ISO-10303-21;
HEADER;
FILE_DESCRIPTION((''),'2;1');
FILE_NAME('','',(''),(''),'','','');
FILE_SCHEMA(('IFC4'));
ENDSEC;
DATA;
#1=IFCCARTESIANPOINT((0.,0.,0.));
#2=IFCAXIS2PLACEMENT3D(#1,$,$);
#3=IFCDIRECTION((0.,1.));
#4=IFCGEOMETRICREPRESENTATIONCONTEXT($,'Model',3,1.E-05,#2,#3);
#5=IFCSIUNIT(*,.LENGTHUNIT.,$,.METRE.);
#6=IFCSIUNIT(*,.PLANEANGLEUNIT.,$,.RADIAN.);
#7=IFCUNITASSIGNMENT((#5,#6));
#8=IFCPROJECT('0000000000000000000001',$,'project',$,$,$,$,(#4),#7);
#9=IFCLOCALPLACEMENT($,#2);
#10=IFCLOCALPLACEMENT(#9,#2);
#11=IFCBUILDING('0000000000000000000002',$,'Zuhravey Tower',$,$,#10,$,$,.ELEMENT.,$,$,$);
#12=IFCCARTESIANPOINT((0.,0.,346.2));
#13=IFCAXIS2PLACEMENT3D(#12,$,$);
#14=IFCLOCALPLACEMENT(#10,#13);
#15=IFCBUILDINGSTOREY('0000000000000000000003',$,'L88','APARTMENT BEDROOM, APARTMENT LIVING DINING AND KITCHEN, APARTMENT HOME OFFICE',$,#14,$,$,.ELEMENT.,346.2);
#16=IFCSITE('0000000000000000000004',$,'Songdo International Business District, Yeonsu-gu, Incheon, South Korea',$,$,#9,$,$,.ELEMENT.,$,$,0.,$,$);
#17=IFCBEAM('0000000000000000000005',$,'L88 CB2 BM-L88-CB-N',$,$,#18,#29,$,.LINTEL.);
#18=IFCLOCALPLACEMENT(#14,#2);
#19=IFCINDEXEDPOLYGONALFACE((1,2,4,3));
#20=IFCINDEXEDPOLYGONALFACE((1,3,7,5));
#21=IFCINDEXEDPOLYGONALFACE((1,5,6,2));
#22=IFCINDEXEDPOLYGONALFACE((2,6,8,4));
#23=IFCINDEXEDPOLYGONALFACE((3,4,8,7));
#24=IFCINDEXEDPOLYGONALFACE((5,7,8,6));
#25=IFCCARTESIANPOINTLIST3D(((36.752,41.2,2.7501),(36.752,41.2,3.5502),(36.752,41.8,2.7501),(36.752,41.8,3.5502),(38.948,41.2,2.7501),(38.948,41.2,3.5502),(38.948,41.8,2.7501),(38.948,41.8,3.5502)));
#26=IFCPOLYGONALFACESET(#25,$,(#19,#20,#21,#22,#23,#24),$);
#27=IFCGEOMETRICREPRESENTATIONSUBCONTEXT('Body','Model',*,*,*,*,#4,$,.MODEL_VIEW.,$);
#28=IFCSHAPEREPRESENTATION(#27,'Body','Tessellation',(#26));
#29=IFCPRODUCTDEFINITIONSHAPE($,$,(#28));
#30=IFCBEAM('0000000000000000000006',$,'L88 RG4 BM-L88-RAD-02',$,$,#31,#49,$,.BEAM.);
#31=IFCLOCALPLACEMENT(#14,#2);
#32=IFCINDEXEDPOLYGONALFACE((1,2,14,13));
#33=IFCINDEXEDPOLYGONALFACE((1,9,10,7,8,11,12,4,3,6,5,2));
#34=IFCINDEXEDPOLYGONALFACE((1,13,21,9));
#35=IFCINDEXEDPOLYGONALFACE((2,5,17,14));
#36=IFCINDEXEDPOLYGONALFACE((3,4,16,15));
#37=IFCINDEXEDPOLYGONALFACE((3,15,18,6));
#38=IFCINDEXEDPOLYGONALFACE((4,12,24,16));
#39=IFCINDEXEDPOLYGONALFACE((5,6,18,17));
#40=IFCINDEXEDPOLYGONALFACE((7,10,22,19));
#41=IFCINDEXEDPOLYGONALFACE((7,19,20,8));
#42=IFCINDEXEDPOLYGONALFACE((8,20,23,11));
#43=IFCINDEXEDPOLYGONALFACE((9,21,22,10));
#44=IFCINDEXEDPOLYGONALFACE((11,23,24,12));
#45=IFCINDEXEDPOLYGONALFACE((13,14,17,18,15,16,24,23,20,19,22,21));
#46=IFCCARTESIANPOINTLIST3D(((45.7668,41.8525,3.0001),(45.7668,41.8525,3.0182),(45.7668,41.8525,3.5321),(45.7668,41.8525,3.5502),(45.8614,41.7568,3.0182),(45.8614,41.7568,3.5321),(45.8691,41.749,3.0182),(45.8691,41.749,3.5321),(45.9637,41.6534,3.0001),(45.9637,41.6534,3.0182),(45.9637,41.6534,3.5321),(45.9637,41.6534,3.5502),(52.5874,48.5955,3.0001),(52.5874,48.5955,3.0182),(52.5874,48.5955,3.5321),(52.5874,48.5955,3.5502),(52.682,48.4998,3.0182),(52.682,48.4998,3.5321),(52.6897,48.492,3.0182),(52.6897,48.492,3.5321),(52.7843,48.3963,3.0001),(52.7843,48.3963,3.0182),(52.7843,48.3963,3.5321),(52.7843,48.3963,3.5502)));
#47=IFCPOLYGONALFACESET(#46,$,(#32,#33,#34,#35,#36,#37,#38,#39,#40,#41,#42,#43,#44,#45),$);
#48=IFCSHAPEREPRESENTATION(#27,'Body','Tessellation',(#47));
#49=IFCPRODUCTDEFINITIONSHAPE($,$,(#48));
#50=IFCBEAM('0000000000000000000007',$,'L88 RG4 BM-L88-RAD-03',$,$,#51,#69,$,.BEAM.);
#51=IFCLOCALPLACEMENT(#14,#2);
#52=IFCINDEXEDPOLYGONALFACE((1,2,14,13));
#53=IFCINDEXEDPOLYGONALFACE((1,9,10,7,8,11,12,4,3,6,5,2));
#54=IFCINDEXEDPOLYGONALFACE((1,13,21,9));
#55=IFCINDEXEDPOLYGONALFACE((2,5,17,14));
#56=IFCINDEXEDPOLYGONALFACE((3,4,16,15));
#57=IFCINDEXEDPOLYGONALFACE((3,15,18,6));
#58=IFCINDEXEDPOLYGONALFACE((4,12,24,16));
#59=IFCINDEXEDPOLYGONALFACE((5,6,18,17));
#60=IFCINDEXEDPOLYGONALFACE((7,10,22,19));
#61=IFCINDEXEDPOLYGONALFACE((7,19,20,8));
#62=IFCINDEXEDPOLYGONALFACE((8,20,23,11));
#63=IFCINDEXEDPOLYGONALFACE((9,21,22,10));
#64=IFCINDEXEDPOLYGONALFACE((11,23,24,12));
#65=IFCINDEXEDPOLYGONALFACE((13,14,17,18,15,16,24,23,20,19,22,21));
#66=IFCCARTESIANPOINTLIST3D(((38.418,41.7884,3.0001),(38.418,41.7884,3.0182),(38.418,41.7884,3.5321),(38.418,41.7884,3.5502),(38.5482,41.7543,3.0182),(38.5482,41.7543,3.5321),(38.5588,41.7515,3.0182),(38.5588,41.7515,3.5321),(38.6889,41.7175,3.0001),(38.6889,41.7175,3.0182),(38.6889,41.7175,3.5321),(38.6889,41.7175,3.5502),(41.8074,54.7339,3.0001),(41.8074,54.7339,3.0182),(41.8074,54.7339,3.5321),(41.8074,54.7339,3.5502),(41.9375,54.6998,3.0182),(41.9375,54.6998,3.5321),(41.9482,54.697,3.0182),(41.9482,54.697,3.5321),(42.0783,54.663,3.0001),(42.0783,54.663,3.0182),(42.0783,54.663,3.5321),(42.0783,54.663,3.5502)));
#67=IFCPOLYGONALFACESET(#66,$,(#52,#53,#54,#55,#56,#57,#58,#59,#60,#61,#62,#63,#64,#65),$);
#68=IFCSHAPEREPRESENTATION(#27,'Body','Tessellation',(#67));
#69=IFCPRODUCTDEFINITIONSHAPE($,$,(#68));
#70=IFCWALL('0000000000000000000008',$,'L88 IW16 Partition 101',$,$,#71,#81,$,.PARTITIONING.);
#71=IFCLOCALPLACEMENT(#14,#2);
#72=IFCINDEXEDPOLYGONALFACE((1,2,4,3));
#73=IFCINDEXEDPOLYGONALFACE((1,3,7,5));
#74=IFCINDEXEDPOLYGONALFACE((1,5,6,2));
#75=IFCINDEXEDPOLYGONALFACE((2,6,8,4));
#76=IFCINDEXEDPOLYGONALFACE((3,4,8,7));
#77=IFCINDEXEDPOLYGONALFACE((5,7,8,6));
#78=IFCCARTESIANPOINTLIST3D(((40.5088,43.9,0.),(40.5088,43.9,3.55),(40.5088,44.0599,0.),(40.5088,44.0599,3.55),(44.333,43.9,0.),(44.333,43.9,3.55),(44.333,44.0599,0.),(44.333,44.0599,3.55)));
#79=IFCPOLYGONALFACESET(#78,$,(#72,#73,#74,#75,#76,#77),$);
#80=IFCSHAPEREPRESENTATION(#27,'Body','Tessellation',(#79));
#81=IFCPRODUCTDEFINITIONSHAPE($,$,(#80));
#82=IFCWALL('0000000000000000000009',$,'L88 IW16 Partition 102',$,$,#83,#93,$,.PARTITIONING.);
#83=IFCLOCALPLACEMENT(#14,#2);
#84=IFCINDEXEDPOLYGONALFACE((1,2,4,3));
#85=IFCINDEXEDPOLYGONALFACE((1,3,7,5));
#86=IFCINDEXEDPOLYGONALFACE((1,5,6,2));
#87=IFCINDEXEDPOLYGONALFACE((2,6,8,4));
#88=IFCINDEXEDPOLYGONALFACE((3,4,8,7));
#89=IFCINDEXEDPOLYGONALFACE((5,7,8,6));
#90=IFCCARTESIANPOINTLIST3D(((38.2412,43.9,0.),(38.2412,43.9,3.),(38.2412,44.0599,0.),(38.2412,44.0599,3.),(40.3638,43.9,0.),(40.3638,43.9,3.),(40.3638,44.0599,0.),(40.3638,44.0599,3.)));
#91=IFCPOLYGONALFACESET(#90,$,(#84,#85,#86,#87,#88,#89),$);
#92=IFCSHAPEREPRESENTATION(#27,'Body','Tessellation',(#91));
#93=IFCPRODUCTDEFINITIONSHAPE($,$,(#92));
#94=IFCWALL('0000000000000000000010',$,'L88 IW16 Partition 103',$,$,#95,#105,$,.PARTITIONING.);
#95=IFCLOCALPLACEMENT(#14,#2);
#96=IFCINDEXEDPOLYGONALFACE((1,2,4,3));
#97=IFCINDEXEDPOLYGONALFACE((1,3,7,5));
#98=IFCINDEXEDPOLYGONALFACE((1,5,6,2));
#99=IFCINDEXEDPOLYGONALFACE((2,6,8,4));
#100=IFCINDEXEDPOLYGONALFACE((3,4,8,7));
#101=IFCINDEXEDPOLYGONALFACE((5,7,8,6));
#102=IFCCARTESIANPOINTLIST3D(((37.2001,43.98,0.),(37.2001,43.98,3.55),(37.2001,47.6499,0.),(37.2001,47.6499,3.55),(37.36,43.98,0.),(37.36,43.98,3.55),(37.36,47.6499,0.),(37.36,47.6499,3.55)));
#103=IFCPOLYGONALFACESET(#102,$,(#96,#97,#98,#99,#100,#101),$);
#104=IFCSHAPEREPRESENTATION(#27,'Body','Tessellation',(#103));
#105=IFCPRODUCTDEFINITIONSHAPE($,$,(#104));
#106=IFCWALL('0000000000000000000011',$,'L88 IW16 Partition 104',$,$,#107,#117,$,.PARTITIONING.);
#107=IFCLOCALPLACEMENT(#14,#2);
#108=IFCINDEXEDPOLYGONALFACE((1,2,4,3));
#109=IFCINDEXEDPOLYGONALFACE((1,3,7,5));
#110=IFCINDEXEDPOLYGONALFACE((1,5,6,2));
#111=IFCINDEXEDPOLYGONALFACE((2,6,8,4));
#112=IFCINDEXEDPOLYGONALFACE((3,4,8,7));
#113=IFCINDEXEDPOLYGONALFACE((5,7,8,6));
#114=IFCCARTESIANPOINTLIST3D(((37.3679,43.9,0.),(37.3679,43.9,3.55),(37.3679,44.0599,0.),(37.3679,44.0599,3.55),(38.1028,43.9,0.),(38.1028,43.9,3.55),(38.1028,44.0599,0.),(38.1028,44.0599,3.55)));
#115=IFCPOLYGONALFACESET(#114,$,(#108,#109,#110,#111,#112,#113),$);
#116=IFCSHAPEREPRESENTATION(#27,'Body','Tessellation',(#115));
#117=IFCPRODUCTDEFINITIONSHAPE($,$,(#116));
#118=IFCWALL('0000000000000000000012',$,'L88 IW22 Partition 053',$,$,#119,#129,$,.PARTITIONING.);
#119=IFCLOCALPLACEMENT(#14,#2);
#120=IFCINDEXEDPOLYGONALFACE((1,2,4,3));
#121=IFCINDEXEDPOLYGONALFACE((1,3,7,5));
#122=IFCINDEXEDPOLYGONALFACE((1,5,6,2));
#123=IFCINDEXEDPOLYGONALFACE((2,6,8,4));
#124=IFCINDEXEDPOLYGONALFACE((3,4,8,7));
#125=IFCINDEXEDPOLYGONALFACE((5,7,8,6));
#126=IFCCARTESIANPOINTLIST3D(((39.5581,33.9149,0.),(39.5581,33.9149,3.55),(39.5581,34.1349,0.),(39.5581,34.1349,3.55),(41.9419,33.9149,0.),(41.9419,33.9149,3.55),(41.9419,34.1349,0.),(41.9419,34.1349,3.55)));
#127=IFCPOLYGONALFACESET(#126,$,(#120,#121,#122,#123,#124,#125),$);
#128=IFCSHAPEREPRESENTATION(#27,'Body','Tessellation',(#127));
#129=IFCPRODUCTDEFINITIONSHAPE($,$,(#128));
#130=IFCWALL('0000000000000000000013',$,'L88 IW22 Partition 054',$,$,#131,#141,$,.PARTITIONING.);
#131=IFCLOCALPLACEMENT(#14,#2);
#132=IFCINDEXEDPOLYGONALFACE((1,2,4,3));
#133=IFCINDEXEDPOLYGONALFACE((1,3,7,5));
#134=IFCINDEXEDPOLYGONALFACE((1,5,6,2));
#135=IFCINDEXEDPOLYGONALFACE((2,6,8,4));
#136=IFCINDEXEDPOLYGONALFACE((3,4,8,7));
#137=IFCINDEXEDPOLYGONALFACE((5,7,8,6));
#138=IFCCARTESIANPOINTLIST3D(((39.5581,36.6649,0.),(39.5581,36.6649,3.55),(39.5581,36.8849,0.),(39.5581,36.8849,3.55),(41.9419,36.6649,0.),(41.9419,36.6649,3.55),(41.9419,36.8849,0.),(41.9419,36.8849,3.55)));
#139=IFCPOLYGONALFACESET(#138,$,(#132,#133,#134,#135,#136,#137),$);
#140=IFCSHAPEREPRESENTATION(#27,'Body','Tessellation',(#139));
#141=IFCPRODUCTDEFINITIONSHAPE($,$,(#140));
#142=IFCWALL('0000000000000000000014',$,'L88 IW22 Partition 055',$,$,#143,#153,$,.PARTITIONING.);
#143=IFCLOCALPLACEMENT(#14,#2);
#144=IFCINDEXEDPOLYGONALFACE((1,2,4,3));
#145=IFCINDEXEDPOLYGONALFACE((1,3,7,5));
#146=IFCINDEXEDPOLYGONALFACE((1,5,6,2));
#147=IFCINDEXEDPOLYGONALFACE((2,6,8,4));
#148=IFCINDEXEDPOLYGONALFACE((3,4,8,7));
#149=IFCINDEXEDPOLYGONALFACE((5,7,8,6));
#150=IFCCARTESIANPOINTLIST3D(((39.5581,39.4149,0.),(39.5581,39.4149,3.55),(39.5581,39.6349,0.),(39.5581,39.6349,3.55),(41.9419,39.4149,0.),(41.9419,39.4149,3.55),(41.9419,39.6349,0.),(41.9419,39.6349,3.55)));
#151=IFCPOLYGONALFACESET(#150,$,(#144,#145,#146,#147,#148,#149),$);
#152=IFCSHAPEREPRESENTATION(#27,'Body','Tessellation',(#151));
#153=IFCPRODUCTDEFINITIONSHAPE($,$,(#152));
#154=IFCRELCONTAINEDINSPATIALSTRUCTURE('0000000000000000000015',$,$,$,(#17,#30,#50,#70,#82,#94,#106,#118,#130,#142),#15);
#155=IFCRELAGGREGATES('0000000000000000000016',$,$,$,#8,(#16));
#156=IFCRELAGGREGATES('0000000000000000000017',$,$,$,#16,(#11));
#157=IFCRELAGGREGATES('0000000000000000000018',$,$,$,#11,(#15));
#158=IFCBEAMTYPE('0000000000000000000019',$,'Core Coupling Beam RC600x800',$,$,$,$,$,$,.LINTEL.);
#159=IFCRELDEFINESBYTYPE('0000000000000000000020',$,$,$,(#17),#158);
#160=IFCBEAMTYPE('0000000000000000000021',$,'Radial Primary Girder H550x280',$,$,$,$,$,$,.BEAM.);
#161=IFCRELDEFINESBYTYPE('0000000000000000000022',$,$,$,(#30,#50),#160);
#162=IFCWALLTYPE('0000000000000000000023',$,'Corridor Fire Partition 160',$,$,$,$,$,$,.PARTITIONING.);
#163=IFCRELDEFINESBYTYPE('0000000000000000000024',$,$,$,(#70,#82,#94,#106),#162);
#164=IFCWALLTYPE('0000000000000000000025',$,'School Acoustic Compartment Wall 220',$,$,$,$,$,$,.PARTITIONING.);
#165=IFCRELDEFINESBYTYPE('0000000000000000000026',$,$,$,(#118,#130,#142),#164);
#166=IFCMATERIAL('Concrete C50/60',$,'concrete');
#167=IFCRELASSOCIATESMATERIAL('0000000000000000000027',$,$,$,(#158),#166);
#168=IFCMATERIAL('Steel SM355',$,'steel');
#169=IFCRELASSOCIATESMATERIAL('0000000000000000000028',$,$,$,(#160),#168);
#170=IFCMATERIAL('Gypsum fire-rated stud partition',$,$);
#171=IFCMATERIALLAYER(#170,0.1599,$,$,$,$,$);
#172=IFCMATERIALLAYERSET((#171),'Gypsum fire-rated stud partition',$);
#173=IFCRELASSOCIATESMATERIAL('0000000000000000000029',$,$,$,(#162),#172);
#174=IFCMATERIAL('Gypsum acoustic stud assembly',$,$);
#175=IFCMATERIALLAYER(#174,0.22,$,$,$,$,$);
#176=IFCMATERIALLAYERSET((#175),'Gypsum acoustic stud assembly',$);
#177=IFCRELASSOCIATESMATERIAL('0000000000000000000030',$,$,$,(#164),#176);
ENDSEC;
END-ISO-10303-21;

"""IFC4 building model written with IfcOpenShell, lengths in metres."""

from ifc_helpers import new_model, si_unit, direction, frame, frame_2d, origin, origin_2d, place, context, subcontext, project, spatial, rectangle, i_section, extrude, material, layer, layer_set, material_profile, profile_set, type_object, element, save


model = new_model("IFC4")

# Units and contexts
model_context = context("Model", 3, precision=1e-05, world=origin(), true_north=direction((0.0, 1.0)))
body_context = subcontext(model_context, "Body", "Model", "MODEL_VIEW")
ifc_project = project(units=[si_unit("LENGTHUNIT", "METRE"), si_unit("PLANEANGLEUNIT", "RADIAN")], contexts=[model_context])

# Site, building, storey
site_placement = place(None, origin())
site = spatial("IfcSite", under=ifc_project, at=site_placement, Name="Songdo International Business District, Yeonsu-gu, Incheon, South Korea", CompositionType="ELEMENT", RefElevation=0.0)
building_placement = place(site_placement, origin())
building = spatial("IfcBuilding", under=site, at=building_placement, Name="Zuhravey Tower", CompositionType="ELEMENT")
storey_placement = place(building_placement, frame((0.0, 0.0, 346.2)))
storey = spatial("IfcBuildingStorey", under=building, at=storey_placement, Name="L88", Description="APARTMENT BEDROOM, APARTMENT LIVING DINING AND KITCHEN, APARTMENT HOME OFFICE", CompositionType="ELEMENT", Elevation=346.2)

# Beams
ifc_material_1 = material(Name="Concrete C50/60", Category="concrete")
ifc_material_profile_1 = material_profile(ifc_material_1, rectangle(XDim=0.6001, YDim=0.8, at=origin_2d()), Name="RC-600x800")
ifc_profile_set_1 = profile_set([ifc_material_profile_1], Name="Concrete C50/60")
beam_type_1 = type_object("IfcBeamType", Name="Core Coupling Beam RC600x800", PredefinedType="LINTEL", material=ifc_profile_set_1)
beam_1_placement = place(storey_placement, frame((36.752, 41.5, 3.1501), z_axis=(1.0, 0.0, 0.0), x_axis=(0.0, 1.0, 0.0)))
element("IfcBeam", 1, at=beam_1_placement, inside=storey, type_object=beam_type_1, Name="L88 CB2 BM-L88-CB-N", PredefinedType="LINTEL", context=body_context, shape_type="SweptSolid", body=[
    extrude(rectangle(XDim=0.6001, YDim=0.8, at=origin_2d()), origin(), (0.0, 0.0, 1.0), 2.196),
])
ifc_material_2 = material(Name="Steel SM355", Category="steel")
ifc_material_profile_2 = material_profile(ifc_material_2, i_section(OverallWidth=0.28, OverallDepth=0.55, WebThickness=0.011, FlangeThickness=0.0181, at=origin_2d()), Name="H-550x280x11x18")
ifc_profile_set_2 = profile_set([ifc_material_profile_2], Name="Steel SM355")
beam_type_2 = type_object("IfcBeamType", Name="Radial Primary Girder H550x280", PredefinedType="BEAM", material=ifc_profile_set_2)
beam_2_placement = place(storey_placement, frame((45.8652, 41.7529, 3.2751), z_axis=(0.711143, 0.703048, 0.0), x_axis=(-0.703048, 0.711143, 0.0)))
element("IfcBeam", 2, at=beam_2_placement, inside=storey, type_object=beam_type_2, Name="L88 RG4 BM-L88-RAD-02", PredefinedType="BEAM", context=body_context, shape_type="SweptSolid", body=[
    extrude(i_section(OverallWidth=0.28, OverallDepth=0.55, WebThickness=0.011, FlangeThickness=0.0181, at=origin_2d()), origin(), (0.0, 0.0, 1.0), 9.5911),
])
beam_3_placement = place(storey_placement, frame((38.5535, 41.7529, 3.2751), z_axis=(0.253283, 0.967392, 0.0), x_axis=(-0.967392, 0.253283, 0.0)))
element("IfcBeam", 3, at=beam_3_placement, inside=storey, type_object=beam_type_2, Name="L88 RG4 BM-L88-RAD-03", PredefinedType="BEAM", context=body_context, shape_type="SweptSolid", body=[
    extrude(i_section(OverallWidth=0.28, OverallDepth=0.55, WebThickness=0.011, FlangeThickness=0.0181, at=origin_2d()), origin(), (0.0, 0.0, 1.0), 13.3818),
])

# Walls
ifc_material_3 = material(Name="Gypsum fire-rated stud partition")
ifc_layer_1 = layer(ifc_material_3, 0.1599)
ifc_layer_set_1 = layer_set([ifc_layer_1], Name="Gypsum fire-rated stud partition")
wall_type_1 = type_object("IfcWallType", Name="Corridor Fire Partition 160", PredefinedType="PARTITIONING", material=ifc_layer_set_1)
wall_1_placement = place(storey_placement, frame((44.333, 43.98, 0.0), z_axis=(0.0, 0.0, 1.0), x_axis=(-1.0, 0.0, 0.0)))
element("IfcWall", 4, at=wall_1_placement, inside=storey, type_object=wall_type_1, Name="L88 IW16 Partition 101", PredefinedType="PARTITIONING", context=body_context, shape_type="SweptSolid", body=[
    extrude(rectangle(XDim=3.8242, YDim=0.1599, at=frame_2d((1.9121, 0.0))), origin(), (0.0, 0.0, 1.0), 3.55),
])
wall_2_placement = place(storey_placement, frame((40.3638, 43.98, 0.0), z_axis=(0.0, 0.0, 1.0), x_axis=(-1.0, 0.0, 0.0)))
element("IfcWall", 5, at=wall_2_placement, inside=storey, type_object=wall_type_1, Name="L88 IW16 Partition 102", PredefinedType="PARTITIONING", context=body_context, shape_type="SweptSolid", body=[
    extrude(rectangle(XDim=2.1226, YDim=0.1599, at=frame_2d((1.0613, 0.0))), origin(), (0.0, 0.0, 1.0), 3.0),
])
wall_3_placement = place(storey_placement, frame((37.28, 43.98, 0.0), z_axis=(0.0, 0.0, 1.0), x_axis=(0.0, 1.0, 0.0)))
element("IfcWall", 6, at=wall_3_placement, inside=storey, type_object=wall_type_1, Name="L88 IW16 Partition 103", PredefinedType="PARTITIONING", context=body_context, shape_type="SweptSolid", body=[
    extrude(rectangle(XDim=3.6699, YDim=0.1599, at=frame_2d((1.835, 0.0))), origin(), (0.0, 0.0, 1.0), 3.55),
])
wall_4_placement = place(storey_placement, frame((38.1028, 43.98, 0.0), z_axis=(0.0, 0.0, 1.0), x_axis=(-1.0, 0.0, 0.0)))
element("IfcWall", 7, at=wall_4_placement, inside=storey, type_object=wall_type_1, Name="L88 IW16 Partition 104", PredefinedType="PARTITIONING", context=body_context, shape_type="SweptSolid", body=[
    extrude(rectangle(XDim=0.7349, YDim=0.1599, at=frame_2d((0.3674, 0.0))), origin(), (0.0, 0.0, 1.0), 3.55),
])

# Walls
ifc_material_4 = material(Name="Gypsum acoustic stud assembly")
ifc_layer_2 = layer(ifc_material_4, 0.22)
ifc_layer_set_2 = layer_set([ifc_layer_2], Name="Gypsum acoustic stud assembly")
wall_type_2 = type_object("IfcWallType", Name="School Acoustic Compartment Wall 220", PredefinedType="PARTITIONING", material=ifc_layer_set_2)
for number, where, z_axis, x_axis, name in (
    (8, (39.5581, 34.0249, 0.0), (0.0, 0.0, 1.0), (1.0, 0.0, 0.0), "L88 IW22 Partition 053"),
    (9, (39.5581, 36.7749, 0.0), (0.0, 0.0, 1.0), (1.0, 0.0, 0.0), "L88 IW22 Partition 054"),
    (10, (39.5581, 39.5249, 0.0), (0.0, 0.0, 1.0), (1.0, 0.0, 0.0), "L88 IW22 Partition 055"),
):
    element("IfcWall", number, at=place(storey_placement, frame(where, z_axis=z_axis, x_axis=x_axis)), inside=storey, type_object=wall_type_2, Name=name, PredefinedType="PARTITIONING", context=body_context, shape_type="SweptSolid", body=[
        extrude(rectangle(XDim=2.3838, YDim=0.22, at=frame_2d((1.1919, 0.0))), origin(), (0.0, 0.0, 1.0), 3.55),
    ])

save(model, "model.ifc")
